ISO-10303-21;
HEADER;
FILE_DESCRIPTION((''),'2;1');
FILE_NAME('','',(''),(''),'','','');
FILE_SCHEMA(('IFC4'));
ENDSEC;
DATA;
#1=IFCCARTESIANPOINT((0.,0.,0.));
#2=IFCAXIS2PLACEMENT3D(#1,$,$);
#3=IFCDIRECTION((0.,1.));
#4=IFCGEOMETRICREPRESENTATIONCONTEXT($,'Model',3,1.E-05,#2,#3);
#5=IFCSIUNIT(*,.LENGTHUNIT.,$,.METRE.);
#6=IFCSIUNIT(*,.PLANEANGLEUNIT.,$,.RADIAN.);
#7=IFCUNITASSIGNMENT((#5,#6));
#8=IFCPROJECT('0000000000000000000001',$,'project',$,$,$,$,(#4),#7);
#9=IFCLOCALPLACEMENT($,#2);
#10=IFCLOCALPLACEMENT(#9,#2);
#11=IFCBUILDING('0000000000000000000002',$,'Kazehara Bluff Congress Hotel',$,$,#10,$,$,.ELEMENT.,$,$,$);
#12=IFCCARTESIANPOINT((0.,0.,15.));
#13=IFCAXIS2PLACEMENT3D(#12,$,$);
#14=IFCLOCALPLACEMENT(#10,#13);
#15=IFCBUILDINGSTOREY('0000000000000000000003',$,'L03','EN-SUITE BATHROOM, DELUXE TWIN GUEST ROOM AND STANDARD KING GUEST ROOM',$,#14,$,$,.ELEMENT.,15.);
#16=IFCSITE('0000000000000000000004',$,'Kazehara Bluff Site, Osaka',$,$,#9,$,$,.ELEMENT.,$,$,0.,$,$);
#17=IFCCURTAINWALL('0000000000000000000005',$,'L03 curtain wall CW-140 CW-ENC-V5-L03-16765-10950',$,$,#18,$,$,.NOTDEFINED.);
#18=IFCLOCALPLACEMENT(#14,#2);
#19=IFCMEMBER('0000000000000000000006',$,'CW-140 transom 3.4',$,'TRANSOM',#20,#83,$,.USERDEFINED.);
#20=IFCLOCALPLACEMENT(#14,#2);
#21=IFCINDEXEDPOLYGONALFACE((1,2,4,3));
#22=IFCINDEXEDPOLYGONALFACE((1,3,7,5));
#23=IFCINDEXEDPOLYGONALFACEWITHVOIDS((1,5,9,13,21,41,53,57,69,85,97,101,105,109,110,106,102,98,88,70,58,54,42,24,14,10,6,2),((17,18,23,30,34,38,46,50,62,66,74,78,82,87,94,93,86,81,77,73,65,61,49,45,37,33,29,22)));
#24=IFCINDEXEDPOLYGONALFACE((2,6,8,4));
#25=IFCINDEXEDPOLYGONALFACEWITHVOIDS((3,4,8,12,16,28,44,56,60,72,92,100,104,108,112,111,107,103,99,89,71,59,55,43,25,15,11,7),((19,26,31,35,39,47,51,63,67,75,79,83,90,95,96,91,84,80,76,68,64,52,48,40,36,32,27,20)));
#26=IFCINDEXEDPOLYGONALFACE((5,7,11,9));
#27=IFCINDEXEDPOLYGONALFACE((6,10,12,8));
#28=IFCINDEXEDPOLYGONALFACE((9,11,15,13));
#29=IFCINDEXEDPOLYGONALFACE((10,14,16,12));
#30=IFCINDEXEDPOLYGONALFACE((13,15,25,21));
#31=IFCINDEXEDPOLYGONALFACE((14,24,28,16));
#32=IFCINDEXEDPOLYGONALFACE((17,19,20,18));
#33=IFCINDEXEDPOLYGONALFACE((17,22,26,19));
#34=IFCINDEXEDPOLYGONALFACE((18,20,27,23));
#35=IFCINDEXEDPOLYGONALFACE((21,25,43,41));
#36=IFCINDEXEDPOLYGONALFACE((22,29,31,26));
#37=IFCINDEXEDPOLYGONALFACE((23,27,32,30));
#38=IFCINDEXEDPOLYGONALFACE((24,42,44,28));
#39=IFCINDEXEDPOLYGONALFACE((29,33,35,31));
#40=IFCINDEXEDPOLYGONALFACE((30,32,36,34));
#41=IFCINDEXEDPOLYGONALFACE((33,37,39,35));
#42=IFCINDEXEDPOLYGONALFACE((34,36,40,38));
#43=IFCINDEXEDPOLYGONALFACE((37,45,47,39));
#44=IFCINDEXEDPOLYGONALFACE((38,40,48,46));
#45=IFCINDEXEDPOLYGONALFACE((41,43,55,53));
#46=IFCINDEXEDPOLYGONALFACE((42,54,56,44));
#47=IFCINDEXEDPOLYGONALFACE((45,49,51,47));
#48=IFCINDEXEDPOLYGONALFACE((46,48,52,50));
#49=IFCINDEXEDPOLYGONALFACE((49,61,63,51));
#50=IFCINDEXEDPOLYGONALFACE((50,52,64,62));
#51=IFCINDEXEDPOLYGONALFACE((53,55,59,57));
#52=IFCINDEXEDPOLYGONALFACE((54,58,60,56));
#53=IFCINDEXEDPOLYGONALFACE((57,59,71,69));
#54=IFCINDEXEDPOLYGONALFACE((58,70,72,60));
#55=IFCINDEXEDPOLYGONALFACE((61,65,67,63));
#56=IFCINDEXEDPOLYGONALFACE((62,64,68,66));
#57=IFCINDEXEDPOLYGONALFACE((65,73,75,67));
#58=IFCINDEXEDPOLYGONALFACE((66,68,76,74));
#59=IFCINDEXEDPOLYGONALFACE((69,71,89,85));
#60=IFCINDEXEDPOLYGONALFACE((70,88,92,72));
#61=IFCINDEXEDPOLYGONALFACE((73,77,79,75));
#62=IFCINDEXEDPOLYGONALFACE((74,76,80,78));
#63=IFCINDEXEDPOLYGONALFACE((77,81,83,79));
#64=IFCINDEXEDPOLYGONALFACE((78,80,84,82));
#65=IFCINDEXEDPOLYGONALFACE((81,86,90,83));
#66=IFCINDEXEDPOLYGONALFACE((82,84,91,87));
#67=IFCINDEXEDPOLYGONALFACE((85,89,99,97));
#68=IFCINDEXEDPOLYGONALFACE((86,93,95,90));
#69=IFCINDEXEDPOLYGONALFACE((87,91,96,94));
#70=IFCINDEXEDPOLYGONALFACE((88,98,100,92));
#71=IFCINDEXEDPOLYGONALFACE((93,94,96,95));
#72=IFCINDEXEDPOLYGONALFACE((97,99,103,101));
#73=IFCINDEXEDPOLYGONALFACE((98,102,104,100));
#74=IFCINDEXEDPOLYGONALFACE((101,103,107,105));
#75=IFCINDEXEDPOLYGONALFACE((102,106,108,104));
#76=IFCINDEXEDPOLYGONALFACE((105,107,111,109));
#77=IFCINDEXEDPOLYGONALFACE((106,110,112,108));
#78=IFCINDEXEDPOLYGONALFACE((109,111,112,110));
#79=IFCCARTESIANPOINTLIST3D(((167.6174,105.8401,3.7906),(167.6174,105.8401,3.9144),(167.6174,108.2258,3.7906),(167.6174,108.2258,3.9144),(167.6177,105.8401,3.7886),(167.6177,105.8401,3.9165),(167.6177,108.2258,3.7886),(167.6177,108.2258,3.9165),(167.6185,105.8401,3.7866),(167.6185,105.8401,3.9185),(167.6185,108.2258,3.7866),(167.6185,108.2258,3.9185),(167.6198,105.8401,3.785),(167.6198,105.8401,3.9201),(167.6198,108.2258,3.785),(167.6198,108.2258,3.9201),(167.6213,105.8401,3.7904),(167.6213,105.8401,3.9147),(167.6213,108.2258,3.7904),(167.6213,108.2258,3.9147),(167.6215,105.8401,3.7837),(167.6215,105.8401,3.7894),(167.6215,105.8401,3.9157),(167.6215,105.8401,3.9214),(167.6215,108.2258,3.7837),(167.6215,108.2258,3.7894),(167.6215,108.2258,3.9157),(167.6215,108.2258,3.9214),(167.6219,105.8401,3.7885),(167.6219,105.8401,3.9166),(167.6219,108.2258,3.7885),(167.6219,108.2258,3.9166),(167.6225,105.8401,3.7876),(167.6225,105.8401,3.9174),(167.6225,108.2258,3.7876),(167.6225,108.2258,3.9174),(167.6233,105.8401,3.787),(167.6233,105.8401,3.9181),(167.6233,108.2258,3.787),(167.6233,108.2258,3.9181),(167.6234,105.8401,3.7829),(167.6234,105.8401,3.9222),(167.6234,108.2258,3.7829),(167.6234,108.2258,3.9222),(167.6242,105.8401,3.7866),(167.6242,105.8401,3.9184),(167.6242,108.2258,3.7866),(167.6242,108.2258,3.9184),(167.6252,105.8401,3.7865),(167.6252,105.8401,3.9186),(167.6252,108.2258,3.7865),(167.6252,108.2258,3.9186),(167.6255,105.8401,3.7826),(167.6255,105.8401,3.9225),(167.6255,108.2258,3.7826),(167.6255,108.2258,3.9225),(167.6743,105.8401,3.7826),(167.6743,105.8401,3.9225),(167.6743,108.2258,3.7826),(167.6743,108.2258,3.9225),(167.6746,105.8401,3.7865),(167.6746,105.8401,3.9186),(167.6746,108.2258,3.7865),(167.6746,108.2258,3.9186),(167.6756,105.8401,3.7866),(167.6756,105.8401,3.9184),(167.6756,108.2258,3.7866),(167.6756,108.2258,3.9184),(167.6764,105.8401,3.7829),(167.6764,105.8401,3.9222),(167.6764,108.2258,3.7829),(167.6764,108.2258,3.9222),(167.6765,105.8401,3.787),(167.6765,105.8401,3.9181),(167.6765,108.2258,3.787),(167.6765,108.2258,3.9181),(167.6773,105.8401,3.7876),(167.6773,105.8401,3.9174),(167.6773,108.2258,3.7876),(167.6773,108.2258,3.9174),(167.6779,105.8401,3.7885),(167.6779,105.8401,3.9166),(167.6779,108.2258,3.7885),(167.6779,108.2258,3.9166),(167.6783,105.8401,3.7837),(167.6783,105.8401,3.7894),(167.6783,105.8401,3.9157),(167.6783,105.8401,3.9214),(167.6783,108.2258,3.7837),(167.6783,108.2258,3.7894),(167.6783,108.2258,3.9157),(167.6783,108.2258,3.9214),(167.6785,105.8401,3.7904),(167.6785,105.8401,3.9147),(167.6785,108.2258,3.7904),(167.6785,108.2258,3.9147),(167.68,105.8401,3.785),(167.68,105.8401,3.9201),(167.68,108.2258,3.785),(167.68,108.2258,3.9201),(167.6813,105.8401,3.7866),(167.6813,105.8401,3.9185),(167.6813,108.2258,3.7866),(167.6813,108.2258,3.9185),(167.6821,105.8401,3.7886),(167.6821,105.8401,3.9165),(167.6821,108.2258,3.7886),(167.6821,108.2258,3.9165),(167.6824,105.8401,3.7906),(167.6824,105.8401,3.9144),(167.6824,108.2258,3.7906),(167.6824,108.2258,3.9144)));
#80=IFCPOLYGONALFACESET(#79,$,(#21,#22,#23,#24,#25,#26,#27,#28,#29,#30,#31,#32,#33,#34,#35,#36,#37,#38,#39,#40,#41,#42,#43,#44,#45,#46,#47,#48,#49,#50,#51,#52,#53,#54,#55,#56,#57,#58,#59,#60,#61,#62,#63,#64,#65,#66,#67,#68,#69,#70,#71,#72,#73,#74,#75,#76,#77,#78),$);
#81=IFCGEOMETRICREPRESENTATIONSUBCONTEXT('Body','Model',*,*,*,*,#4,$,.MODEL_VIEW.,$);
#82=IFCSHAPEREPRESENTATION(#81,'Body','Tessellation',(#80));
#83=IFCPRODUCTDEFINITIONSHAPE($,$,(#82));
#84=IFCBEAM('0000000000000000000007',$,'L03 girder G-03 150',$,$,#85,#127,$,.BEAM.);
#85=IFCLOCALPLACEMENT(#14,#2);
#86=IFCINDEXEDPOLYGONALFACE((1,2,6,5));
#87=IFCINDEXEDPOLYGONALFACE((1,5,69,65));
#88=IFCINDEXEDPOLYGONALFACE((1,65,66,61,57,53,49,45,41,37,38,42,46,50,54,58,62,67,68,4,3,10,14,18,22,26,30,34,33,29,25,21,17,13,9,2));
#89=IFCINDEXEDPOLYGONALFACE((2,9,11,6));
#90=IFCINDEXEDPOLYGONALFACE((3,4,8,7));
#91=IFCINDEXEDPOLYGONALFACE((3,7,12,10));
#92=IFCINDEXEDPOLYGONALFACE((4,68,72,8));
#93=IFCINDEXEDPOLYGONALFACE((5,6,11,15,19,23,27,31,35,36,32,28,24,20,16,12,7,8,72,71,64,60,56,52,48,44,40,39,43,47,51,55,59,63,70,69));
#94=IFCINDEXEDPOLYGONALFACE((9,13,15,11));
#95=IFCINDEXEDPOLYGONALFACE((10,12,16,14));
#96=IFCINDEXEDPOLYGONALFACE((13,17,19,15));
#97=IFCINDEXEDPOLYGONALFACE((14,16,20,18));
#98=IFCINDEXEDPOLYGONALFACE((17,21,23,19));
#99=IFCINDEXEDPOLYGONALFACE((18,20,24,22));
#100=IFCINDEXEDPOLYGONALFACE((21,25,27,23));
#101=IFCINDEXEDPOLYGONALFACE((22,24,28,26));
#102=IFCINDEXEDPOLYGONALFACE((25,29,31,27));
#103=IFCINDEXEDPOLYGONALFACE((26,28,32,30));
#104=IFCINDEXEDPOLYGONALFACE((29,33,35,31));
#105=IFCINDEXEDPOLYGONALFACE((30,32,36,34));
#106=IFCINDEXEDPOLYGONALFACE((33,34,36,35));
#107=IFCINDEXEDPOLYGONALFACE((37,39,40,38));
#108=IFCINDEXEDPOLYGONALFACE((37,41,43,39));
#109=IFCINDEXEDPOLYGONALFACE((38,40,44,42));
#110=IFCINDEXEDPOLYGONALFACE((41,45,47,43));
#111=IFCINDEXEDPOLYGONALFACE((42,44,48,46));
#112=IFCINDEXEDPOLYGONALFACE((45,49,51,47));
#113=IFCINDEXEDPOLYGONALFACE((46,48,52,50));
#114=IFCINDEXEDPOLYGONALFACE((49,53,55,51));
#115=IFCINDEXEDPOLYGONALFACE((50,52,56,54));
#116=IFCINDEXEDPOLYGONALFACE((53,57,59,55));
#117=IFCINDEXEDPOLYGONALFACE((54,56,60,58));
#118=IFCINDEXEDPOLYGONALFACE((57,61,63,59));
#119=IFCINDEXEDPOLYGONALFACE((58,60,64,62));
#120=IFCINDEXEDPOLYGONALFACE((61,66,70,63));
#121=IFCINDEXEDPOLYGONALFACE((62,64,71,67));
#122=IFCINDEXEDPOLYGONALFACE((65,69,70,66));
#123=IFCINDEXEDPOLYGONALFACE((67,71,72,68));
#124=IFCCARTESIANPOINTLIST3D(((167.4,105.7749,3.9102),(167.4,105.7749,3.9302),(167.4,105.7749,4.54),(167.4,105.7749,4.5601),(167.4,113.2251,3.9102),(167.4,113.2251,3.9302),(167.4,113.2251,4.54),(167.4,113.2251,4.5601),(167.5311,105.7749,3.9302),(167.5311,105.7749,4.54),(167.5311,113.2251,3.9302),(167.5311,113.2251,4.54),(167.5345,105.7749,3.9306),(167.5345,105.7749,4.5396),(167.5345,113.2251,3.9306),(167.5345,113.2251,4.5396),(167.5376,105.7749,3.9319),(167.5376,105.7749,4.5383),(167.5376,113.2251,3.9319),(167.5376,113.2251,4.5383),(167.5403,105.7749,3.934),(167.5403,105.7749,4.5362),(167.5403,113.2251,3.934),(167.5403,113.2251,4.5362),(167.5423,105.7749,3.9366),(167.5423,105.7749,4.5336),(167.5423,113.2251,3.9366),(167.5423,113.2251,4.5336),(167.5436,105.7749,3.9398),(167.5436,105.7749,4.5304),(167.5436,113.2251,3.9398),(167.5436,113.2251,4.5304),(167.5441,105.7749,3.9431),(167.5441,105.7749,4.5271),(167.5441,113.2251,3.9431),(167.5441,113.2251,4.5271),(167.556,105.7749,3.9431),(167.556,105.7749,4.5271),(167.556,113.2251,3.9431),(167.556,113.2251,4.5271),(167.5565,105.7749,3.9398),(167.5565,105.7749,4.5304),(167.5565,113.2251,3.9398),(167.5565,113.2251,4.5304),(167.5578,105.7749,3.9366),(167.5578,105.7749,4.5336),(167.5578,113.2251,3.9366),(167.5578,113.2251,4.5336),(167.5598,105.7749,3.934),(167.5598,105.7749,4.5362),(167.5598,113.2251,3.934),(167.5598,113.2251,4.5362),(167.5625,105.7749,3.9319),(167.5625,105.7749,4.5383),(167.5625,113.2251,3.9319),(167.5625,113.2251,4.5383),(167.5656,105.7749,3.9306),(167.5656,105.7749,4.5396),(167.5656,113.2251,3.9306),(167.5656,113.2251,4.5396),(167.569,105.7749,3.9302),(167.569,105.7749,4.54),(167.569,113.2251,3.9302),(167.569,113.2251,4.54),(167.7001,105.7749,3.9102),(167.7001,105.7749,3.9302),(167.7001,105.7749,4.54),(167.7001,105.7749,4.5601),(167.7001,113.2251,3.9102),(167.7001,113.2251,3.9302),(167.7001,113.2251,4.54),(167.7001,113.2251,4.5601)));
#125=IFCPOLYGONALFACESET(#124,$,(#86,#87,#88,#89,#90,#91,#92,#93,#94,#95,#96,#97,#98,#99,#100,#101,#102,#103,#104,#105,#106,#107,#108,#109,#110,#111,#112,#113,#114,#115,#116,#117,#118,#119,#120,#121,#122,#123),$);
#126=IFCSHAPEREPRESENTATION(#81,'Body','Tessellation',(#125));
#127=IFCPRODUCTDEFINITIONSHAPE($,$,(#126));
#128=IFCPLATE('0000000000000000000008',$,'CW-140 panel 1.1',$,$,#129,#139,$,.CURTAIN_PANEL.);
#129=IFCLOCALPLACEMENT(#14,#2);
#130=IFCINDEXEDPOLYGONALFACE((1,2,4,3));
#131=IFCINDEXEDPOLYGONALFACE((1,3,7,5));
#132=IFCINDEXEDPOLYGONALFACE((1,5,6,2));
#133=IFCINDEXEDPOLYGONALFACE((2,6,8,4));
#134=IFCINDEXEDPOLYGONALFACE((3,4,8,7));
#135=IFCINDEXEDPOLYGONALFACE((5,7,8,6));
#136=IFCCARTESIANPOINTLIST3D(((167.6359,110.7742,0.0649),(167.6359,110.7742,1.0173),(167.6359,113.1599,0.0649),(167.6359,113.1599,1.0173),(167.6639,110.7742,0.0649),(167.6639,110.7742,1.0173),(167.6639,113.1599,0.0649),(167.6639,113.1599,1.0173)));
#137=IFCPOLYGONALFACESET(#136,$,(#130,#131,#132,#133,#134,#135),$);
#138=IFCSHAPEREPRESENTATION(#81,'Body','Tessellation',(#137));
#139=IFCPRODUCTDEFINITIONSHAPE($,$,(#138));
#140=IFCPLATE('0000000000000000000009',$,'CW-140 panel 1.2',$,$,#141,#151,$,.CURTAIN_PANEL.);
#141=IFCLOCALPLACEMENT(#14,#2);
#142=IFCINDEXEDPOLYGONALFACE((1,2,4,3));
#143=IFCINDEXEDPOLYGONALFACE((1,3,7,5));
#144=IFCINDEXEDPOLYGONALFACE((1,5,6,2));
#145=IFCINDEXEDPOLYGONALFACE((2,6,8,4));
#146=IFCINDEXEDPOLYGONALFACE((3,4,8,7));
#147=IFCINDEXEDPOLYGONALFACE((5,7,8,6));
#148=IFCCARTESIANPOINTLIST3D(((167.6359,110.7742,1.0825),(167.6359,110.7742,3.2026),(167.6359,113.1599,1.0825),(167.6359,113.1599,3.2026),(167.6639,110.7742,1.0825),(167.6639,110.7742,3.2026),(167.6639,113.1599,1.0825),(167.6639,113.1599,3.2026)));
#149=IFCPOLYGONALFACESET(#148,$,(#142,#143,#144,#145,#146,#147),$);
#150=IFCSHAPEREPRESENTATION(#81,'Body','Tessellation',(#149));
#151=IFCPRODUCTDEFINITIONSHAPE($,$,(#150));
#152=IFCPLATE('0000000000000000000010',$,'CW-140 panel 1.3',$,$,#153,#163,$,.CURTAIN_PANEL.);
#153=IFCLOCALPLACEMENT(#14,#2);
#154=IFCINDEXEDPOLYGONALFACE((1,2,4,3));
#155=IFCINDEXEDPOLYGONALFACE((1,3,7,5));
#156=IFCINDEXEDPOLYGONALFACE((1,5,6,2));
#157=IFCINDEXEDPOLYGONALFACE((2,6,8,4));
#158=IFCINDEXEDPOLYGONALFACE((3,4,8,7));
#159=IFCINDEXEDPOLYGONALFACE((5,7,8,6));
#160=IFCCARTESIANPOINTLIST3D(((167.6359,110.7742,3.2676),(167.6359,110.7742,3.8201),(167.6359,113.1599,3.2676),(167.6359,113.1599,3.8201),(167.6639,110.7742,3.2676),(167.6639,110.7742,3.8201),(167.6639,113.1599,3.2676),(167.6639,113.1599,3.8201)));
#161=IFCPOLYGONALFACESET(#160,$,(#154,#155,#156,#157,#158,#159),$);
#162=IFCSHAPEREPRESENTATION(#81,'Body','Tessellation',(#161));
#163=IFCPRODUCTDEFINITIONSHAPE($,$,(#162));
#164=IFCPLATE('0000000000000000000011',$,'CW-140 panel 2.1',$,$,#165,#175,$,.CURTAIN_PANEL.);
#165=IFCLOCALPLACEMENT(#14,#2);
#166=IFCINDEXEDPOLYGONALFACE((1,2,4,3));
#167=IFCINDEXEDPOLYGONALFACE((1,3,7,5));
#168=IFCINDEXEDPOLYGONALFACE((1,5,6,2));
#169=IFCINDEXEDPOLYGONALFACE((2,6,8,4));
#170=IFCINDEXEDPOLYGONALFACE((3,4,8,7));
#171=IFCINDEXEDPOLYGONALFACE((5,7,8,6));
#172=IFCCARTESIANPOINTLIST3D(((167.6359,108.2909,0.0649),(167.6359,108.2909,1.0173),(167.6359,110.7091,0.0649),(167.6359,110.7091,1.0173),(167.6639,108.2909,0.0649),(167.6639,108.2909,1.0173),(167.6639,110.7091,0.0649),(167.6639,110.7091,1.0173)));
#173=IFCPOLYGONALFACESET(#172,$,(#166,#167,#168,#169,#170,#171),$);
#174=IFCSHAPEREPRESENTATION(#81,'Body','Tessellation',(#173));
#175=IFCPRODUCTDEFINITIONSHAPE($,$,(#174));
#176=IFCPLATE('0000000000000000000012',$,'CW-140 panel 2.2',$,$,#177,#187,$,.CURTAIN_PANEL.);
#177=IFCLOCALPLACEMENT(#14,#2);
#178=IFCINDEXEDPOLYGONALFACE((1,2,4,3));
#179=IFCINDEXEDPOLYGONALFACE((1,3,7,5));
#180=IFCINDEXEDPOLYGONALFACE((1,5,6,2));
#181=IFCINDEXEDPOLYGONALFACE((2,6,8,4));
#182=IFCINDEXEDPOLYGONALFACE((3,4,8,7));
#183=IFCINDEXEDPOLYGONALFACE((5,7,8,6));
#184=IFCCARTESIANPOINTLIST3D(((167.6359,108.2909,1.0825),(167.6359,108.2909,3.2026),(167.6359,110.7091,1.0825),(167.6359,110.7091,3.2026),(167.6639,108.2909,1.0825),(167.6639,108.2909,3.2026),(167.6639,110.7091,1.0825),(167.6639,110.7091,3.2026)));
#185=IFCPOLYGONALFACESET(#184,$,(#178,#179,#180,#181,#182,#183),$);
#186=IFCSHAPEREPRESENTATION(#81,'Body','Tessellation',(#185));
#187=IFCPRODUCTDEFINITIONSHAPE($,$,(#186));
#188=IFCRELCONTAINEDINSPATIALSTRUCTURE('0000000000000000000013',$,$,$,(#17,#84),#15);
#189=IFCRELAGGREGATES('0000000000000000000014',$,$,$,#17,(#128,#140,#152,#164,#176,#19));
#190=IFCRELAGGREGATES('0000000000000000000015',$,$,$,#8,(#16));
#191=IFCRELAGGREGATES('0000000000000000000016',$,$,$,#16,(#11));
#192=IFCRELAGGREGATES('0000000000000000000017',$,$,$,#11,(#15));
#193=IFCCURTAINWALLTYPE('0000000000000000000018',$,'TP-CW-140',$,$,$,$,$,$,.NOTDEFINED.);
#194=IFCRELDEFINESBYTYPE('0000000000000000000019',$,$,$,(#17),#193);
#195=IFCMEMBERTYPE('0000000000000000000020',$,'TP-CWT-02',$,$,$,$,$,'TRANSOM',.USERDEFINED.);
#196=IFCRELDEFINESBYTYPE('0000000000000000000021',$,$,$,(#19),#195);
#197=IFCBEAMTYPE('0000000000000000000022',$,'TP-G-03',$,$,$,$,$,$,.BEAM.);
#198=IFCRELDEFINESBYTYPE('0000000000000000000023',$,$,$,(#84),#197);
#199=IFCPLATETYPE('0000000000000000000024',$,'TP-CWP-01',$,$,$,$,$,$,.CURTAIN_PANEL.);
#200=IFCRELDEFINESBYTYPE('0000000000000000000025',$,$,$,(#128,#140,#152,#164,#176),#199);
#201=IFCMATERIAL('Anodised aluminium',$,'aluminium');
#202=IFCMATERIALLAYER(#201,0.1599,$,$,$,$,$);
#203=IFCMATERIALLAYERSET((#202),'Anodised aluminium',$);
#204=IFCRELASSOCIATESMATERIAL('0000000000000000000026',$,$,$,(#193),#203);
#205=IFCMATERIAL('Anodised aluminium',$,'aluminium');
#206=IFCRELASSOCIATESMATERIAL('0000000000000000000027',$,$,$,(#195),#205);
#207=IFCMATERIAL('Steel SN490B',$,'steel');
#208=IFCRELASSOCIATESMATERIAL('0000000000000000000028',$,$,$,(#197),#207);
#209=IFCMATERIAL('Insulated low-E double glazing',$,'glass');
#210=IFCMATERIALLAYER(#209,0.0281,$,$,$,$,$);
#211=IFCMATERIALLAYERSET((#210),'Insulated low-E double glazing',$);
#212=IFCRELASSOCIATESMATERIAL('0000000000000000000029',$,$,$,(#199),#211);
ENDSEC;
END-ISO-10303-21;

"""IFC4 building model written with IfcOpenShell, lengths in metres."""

from ifc_helpers import new_model, si_unit, direction, frame, origin, origin_2d, place, context, subcontext, project, spatial, rectangle, hollow_rectangle, i_section, extrude, material, layer, layer_set, material_profile, profile_set, type_object, element, aggregate, save


model = new_model("IFC4")

# Units and contexts
model_context = context("Model", 3, precision=1e-05, world=origin(), true_north=direction((0.0, 1.0)))
body_context = subcontext(model_context, "Body", "Model", "MODEL_VIEW")
ifc_project = project(units=[si_unit("LENGTHUNIT", "METRE"), si_unit("PLANEANGLEUNIT", "RADIAN")], contexts=[model_context])

# Site, building, storey
site_placement = place(None, origin())
site = spatial("IfcSite", under=ifc_project, at=site_placement, Name="Kazehara Bluff Site, Osaka", CompositionType="ELEMENT", RefElevation=0.0)
building_placement = place(site_placement, origin())
building = spatial("IfcBuilding", under=site, at=building_placement, Name="Kazehara Bluff Congress Hotel", CompositionType="ELEMENT")
storey_placement = place(building_placement, frame((0.0, 0.0, 15.0)))
storey = spatial("IfcBuildingStorey", under=building, at=storey_placement, Name="L03", Description="EN-SUITE BATHROOM, DELUXE TWIN GUEST ROOM AND STANDARD KING GUEST ROOM", CompositionType="ELEMENT", Elevation=15.0)

# Curtain wall, member
ifc_material_1 = material(Name="Anodised aluminium", Category="aluminium")
ifc_layer_1 = layer(ifc_material_1, 0.1599)
ifc_layer_set_1 = layer_set([ifc_layer_1], Name="Anodised aluminium")
curtain_wall_type_1 = type_object("IfcCurtainWallType", Name="TP-CW-140", PredefinedType="NOTDEFINED", material=ifc_layer_set_1)
curtain_wall_1_placement = place(storey_placement, origin())
curtain_wall_1 = element("IfcCurtainWall", 1, at=curtain_wall_1_placement, inside=storey, type_object=curtain_wall_type_1, Name="L03 curtain wall CW-140 CW-ENC-V5-L03-16765-10950", PredefinedType="NOTDEFINED")
ifc_material_2 = material(Name="Anodised aluminium", Category="aluminium")
ifc_material_profile_1 = material_profile(ifc_material_2, hollow_rectangle(XDim=0.0649, YDim=0.1399, WallThickness=0.0039, InnerFilletRadius=0.0039, OuterFilletRadius=0.0081, at=origin_2d()))
ifc_profile_set_1 = profile_set([ifc_material_profile_1], Name="Anodised aluminium")
member_type_1 = type_object("IfcMemberType", Name="TP-CWT-02", ElementType="TRANSOM", PredefinedType="USERDEFINED", material=ifc_profile_set_1)
member_1_placement = place(storey_placement, frame((167.6499, 108.2258, 3.8525), z_axis=(0.0, -1.0, 0.0), x_axis=(1.0, 0.0, 0.0)))
member_1 = element("IfcMember", 2, at=member_1_placement, type_object=member_type_1, Name="CW-140 transom 3.4", ObjectType="TRANSOM", PredefinedType="USERDEFINED", context=body_context, shape_type="SweptSolid", body=[
    extrude(hollow_rectangle(XDim=0.0649, YDim=0.1399, WallThickness=0.0039, InnerFilletRadius=0.0039, OuterFilletRadius=0.0081, at=origin_2d()), origin(), (0.0, 0.0, 1.0), 2.3857),
])

# Beam
ifc_material_3 = material(Name="Steel SN490B", Category="steel")
ifc_material_profile_2 = material_profile(ifc_material_3, i_section(OverallWidth=0.3, OverallDepth=0.6499, WebThickness=0.012, FlangeThickness=0.02, FilletRadius=0.0129, at=origin_2d()))
ifc_profile_set_2 = profile_set([ifc_material_profile_2], Name="Steel SN490B")
beam_type = type_object("IfcBeamType", Name="TP-G-03", PredefinedType="BEAM", material=ifc_profile_set_2)
beam_placement = place(storey_placement, frame((167.55, 105.7749, 4.2351), z_axis=(0.0, 1.0, 0.0), x_axis=(-1.0, 0.0, 0.0)))
element("IfcBeam", 3, at=beam_placement, inside=storey, type_object=beam_type, Name="L03 girder G-03 150", PredefinedType="BEAM", context=body_context, shape_type="SweptSolid", body=[
    extrude(i_section(OverallWidth=0.3, OverallDepth=0.6499, WebThickness=0.012, FlangeThickness=0.02, FilletRadius=0.0129, at=origin_2d()), origin(), (0.0, 0.0, 1.0), 7.4502),
])

# Plates
ifc_material_4 = material(Name="Insulated low-E double glazing", Category="glass")
ifc_layer_2 = layer(ifc_material_4, 0.0281)
ifc_layer_set_2 = layer_set([ifc_layer_2], Name="Insulated low-E double glazing")
plate_type = type_object("IfcPlateType", Name="TP-CWP-01", PredefinedType="CURTAIN_PANEL", material=ifc_layer_set_2)
plate_1_placement = place(storey_placement, frame((167.6499, 111.967, 0.0649), z_axis=(0.0, 0.0, 1.0), x_axis=(0.0, -1.0, 0.0)))
plate_1 = element("IfcPlate", 4, at=plate_1_placement, type_object=plate_type, Name="CW-140 panel 1.1", PredefinedType="CURTAIN_PANEL", context=body_context, shape_type="SweptSolid", body=[
    extrude(rectangle(XDim=2.3857, YDim=0.0281, at=origin_2d()), origin(), (0.0, 0.0, 1.0), 0.9524),
])
plate_2_placement = place(storey_placement, frame((167.6499, 111.967, 1.0825), z_axis=(0.0, 0.0, 1.0), x_axis=(0.0, -1.0, 0.0)))
plate_2 = element("IfcPlate", 5, at=plate_2_placement, type_object=plate_type, Name="CW-140 panel 1.2", PredefinedType="CURTAIN_PANEL", context=body_context, shape_type="SweptSolid", body=[
    extrude(rectangle(XDim=2.3857, YDim=0.0281, at=origin_2d()), origin(), (0.0, 0.0, 1.0), 2.1201),
])
plate_3_placement = place(storey_placement, frame((167.6499, 111.967, 3.2676), z_axis=(0.0, 0.0, 1.0), x_axis=(0.0, -1.0, 0.0)))
plate_3 = element("IfcPlate", 6, at=plate_3_placement, type_object=plate_type, Name="CW-140 panel 1.3", PredefinedType="CURTAIN_PANEL", context=body_context, shape_type="SweptSolid", body=[
    extrude(rectangle(XDim=2.3857, YDim=0.0281, at=origin_2d()), origin(), (0.0, 0.0, 1.0), 0.5525),
])
plate_4_placement = place(storey_placement, frame((167.6499, 109.5, 0.0649), z_axis=(0.0, 0.0, 1.0), x_axis=(0.0, -1.0, 0.0)))
plate_4 = element("IfcPlate", 7, at=plate_4_placement, type_object=plate_type, Name="CW-140 panel 2.1", PredefinedType="CURTAIN_PANEL", context=body_context, shape_type="SweptSolid", body=[
    extrude(rectangle(XDim=2.4182, YDim=0.0281, at=origin_2d()), origin(), (0.0, 0.0, 1.0), 0.9524),
])
plate_5_placement = place(storey_placement, frame((167.6499, 109.5, 1.0825), z_axis=(0.0, 0.0, 1.0), x_axis=(0.0, -1.0, 0.0)))
plate_5 = element("IfcPlate", 8, at=plate_5_placement, type_object=plate_type, Name="CW-140 panel 2.2", PredefinedType="CURTAIN_PANEL", context=body_context, shape_type="SweptSolid", body=[
    extrude(rectangle(XDim=2.4182, YDim=0.0281, at=origin_2d()), origin(), (0.0, 0.0, 1.0), 2.1201),
])
aggregate(curtain_wall_1, [plate_1, plate_2, plate_3, plate_4, plate_5, member_1])

save(model, "model.ifc")
